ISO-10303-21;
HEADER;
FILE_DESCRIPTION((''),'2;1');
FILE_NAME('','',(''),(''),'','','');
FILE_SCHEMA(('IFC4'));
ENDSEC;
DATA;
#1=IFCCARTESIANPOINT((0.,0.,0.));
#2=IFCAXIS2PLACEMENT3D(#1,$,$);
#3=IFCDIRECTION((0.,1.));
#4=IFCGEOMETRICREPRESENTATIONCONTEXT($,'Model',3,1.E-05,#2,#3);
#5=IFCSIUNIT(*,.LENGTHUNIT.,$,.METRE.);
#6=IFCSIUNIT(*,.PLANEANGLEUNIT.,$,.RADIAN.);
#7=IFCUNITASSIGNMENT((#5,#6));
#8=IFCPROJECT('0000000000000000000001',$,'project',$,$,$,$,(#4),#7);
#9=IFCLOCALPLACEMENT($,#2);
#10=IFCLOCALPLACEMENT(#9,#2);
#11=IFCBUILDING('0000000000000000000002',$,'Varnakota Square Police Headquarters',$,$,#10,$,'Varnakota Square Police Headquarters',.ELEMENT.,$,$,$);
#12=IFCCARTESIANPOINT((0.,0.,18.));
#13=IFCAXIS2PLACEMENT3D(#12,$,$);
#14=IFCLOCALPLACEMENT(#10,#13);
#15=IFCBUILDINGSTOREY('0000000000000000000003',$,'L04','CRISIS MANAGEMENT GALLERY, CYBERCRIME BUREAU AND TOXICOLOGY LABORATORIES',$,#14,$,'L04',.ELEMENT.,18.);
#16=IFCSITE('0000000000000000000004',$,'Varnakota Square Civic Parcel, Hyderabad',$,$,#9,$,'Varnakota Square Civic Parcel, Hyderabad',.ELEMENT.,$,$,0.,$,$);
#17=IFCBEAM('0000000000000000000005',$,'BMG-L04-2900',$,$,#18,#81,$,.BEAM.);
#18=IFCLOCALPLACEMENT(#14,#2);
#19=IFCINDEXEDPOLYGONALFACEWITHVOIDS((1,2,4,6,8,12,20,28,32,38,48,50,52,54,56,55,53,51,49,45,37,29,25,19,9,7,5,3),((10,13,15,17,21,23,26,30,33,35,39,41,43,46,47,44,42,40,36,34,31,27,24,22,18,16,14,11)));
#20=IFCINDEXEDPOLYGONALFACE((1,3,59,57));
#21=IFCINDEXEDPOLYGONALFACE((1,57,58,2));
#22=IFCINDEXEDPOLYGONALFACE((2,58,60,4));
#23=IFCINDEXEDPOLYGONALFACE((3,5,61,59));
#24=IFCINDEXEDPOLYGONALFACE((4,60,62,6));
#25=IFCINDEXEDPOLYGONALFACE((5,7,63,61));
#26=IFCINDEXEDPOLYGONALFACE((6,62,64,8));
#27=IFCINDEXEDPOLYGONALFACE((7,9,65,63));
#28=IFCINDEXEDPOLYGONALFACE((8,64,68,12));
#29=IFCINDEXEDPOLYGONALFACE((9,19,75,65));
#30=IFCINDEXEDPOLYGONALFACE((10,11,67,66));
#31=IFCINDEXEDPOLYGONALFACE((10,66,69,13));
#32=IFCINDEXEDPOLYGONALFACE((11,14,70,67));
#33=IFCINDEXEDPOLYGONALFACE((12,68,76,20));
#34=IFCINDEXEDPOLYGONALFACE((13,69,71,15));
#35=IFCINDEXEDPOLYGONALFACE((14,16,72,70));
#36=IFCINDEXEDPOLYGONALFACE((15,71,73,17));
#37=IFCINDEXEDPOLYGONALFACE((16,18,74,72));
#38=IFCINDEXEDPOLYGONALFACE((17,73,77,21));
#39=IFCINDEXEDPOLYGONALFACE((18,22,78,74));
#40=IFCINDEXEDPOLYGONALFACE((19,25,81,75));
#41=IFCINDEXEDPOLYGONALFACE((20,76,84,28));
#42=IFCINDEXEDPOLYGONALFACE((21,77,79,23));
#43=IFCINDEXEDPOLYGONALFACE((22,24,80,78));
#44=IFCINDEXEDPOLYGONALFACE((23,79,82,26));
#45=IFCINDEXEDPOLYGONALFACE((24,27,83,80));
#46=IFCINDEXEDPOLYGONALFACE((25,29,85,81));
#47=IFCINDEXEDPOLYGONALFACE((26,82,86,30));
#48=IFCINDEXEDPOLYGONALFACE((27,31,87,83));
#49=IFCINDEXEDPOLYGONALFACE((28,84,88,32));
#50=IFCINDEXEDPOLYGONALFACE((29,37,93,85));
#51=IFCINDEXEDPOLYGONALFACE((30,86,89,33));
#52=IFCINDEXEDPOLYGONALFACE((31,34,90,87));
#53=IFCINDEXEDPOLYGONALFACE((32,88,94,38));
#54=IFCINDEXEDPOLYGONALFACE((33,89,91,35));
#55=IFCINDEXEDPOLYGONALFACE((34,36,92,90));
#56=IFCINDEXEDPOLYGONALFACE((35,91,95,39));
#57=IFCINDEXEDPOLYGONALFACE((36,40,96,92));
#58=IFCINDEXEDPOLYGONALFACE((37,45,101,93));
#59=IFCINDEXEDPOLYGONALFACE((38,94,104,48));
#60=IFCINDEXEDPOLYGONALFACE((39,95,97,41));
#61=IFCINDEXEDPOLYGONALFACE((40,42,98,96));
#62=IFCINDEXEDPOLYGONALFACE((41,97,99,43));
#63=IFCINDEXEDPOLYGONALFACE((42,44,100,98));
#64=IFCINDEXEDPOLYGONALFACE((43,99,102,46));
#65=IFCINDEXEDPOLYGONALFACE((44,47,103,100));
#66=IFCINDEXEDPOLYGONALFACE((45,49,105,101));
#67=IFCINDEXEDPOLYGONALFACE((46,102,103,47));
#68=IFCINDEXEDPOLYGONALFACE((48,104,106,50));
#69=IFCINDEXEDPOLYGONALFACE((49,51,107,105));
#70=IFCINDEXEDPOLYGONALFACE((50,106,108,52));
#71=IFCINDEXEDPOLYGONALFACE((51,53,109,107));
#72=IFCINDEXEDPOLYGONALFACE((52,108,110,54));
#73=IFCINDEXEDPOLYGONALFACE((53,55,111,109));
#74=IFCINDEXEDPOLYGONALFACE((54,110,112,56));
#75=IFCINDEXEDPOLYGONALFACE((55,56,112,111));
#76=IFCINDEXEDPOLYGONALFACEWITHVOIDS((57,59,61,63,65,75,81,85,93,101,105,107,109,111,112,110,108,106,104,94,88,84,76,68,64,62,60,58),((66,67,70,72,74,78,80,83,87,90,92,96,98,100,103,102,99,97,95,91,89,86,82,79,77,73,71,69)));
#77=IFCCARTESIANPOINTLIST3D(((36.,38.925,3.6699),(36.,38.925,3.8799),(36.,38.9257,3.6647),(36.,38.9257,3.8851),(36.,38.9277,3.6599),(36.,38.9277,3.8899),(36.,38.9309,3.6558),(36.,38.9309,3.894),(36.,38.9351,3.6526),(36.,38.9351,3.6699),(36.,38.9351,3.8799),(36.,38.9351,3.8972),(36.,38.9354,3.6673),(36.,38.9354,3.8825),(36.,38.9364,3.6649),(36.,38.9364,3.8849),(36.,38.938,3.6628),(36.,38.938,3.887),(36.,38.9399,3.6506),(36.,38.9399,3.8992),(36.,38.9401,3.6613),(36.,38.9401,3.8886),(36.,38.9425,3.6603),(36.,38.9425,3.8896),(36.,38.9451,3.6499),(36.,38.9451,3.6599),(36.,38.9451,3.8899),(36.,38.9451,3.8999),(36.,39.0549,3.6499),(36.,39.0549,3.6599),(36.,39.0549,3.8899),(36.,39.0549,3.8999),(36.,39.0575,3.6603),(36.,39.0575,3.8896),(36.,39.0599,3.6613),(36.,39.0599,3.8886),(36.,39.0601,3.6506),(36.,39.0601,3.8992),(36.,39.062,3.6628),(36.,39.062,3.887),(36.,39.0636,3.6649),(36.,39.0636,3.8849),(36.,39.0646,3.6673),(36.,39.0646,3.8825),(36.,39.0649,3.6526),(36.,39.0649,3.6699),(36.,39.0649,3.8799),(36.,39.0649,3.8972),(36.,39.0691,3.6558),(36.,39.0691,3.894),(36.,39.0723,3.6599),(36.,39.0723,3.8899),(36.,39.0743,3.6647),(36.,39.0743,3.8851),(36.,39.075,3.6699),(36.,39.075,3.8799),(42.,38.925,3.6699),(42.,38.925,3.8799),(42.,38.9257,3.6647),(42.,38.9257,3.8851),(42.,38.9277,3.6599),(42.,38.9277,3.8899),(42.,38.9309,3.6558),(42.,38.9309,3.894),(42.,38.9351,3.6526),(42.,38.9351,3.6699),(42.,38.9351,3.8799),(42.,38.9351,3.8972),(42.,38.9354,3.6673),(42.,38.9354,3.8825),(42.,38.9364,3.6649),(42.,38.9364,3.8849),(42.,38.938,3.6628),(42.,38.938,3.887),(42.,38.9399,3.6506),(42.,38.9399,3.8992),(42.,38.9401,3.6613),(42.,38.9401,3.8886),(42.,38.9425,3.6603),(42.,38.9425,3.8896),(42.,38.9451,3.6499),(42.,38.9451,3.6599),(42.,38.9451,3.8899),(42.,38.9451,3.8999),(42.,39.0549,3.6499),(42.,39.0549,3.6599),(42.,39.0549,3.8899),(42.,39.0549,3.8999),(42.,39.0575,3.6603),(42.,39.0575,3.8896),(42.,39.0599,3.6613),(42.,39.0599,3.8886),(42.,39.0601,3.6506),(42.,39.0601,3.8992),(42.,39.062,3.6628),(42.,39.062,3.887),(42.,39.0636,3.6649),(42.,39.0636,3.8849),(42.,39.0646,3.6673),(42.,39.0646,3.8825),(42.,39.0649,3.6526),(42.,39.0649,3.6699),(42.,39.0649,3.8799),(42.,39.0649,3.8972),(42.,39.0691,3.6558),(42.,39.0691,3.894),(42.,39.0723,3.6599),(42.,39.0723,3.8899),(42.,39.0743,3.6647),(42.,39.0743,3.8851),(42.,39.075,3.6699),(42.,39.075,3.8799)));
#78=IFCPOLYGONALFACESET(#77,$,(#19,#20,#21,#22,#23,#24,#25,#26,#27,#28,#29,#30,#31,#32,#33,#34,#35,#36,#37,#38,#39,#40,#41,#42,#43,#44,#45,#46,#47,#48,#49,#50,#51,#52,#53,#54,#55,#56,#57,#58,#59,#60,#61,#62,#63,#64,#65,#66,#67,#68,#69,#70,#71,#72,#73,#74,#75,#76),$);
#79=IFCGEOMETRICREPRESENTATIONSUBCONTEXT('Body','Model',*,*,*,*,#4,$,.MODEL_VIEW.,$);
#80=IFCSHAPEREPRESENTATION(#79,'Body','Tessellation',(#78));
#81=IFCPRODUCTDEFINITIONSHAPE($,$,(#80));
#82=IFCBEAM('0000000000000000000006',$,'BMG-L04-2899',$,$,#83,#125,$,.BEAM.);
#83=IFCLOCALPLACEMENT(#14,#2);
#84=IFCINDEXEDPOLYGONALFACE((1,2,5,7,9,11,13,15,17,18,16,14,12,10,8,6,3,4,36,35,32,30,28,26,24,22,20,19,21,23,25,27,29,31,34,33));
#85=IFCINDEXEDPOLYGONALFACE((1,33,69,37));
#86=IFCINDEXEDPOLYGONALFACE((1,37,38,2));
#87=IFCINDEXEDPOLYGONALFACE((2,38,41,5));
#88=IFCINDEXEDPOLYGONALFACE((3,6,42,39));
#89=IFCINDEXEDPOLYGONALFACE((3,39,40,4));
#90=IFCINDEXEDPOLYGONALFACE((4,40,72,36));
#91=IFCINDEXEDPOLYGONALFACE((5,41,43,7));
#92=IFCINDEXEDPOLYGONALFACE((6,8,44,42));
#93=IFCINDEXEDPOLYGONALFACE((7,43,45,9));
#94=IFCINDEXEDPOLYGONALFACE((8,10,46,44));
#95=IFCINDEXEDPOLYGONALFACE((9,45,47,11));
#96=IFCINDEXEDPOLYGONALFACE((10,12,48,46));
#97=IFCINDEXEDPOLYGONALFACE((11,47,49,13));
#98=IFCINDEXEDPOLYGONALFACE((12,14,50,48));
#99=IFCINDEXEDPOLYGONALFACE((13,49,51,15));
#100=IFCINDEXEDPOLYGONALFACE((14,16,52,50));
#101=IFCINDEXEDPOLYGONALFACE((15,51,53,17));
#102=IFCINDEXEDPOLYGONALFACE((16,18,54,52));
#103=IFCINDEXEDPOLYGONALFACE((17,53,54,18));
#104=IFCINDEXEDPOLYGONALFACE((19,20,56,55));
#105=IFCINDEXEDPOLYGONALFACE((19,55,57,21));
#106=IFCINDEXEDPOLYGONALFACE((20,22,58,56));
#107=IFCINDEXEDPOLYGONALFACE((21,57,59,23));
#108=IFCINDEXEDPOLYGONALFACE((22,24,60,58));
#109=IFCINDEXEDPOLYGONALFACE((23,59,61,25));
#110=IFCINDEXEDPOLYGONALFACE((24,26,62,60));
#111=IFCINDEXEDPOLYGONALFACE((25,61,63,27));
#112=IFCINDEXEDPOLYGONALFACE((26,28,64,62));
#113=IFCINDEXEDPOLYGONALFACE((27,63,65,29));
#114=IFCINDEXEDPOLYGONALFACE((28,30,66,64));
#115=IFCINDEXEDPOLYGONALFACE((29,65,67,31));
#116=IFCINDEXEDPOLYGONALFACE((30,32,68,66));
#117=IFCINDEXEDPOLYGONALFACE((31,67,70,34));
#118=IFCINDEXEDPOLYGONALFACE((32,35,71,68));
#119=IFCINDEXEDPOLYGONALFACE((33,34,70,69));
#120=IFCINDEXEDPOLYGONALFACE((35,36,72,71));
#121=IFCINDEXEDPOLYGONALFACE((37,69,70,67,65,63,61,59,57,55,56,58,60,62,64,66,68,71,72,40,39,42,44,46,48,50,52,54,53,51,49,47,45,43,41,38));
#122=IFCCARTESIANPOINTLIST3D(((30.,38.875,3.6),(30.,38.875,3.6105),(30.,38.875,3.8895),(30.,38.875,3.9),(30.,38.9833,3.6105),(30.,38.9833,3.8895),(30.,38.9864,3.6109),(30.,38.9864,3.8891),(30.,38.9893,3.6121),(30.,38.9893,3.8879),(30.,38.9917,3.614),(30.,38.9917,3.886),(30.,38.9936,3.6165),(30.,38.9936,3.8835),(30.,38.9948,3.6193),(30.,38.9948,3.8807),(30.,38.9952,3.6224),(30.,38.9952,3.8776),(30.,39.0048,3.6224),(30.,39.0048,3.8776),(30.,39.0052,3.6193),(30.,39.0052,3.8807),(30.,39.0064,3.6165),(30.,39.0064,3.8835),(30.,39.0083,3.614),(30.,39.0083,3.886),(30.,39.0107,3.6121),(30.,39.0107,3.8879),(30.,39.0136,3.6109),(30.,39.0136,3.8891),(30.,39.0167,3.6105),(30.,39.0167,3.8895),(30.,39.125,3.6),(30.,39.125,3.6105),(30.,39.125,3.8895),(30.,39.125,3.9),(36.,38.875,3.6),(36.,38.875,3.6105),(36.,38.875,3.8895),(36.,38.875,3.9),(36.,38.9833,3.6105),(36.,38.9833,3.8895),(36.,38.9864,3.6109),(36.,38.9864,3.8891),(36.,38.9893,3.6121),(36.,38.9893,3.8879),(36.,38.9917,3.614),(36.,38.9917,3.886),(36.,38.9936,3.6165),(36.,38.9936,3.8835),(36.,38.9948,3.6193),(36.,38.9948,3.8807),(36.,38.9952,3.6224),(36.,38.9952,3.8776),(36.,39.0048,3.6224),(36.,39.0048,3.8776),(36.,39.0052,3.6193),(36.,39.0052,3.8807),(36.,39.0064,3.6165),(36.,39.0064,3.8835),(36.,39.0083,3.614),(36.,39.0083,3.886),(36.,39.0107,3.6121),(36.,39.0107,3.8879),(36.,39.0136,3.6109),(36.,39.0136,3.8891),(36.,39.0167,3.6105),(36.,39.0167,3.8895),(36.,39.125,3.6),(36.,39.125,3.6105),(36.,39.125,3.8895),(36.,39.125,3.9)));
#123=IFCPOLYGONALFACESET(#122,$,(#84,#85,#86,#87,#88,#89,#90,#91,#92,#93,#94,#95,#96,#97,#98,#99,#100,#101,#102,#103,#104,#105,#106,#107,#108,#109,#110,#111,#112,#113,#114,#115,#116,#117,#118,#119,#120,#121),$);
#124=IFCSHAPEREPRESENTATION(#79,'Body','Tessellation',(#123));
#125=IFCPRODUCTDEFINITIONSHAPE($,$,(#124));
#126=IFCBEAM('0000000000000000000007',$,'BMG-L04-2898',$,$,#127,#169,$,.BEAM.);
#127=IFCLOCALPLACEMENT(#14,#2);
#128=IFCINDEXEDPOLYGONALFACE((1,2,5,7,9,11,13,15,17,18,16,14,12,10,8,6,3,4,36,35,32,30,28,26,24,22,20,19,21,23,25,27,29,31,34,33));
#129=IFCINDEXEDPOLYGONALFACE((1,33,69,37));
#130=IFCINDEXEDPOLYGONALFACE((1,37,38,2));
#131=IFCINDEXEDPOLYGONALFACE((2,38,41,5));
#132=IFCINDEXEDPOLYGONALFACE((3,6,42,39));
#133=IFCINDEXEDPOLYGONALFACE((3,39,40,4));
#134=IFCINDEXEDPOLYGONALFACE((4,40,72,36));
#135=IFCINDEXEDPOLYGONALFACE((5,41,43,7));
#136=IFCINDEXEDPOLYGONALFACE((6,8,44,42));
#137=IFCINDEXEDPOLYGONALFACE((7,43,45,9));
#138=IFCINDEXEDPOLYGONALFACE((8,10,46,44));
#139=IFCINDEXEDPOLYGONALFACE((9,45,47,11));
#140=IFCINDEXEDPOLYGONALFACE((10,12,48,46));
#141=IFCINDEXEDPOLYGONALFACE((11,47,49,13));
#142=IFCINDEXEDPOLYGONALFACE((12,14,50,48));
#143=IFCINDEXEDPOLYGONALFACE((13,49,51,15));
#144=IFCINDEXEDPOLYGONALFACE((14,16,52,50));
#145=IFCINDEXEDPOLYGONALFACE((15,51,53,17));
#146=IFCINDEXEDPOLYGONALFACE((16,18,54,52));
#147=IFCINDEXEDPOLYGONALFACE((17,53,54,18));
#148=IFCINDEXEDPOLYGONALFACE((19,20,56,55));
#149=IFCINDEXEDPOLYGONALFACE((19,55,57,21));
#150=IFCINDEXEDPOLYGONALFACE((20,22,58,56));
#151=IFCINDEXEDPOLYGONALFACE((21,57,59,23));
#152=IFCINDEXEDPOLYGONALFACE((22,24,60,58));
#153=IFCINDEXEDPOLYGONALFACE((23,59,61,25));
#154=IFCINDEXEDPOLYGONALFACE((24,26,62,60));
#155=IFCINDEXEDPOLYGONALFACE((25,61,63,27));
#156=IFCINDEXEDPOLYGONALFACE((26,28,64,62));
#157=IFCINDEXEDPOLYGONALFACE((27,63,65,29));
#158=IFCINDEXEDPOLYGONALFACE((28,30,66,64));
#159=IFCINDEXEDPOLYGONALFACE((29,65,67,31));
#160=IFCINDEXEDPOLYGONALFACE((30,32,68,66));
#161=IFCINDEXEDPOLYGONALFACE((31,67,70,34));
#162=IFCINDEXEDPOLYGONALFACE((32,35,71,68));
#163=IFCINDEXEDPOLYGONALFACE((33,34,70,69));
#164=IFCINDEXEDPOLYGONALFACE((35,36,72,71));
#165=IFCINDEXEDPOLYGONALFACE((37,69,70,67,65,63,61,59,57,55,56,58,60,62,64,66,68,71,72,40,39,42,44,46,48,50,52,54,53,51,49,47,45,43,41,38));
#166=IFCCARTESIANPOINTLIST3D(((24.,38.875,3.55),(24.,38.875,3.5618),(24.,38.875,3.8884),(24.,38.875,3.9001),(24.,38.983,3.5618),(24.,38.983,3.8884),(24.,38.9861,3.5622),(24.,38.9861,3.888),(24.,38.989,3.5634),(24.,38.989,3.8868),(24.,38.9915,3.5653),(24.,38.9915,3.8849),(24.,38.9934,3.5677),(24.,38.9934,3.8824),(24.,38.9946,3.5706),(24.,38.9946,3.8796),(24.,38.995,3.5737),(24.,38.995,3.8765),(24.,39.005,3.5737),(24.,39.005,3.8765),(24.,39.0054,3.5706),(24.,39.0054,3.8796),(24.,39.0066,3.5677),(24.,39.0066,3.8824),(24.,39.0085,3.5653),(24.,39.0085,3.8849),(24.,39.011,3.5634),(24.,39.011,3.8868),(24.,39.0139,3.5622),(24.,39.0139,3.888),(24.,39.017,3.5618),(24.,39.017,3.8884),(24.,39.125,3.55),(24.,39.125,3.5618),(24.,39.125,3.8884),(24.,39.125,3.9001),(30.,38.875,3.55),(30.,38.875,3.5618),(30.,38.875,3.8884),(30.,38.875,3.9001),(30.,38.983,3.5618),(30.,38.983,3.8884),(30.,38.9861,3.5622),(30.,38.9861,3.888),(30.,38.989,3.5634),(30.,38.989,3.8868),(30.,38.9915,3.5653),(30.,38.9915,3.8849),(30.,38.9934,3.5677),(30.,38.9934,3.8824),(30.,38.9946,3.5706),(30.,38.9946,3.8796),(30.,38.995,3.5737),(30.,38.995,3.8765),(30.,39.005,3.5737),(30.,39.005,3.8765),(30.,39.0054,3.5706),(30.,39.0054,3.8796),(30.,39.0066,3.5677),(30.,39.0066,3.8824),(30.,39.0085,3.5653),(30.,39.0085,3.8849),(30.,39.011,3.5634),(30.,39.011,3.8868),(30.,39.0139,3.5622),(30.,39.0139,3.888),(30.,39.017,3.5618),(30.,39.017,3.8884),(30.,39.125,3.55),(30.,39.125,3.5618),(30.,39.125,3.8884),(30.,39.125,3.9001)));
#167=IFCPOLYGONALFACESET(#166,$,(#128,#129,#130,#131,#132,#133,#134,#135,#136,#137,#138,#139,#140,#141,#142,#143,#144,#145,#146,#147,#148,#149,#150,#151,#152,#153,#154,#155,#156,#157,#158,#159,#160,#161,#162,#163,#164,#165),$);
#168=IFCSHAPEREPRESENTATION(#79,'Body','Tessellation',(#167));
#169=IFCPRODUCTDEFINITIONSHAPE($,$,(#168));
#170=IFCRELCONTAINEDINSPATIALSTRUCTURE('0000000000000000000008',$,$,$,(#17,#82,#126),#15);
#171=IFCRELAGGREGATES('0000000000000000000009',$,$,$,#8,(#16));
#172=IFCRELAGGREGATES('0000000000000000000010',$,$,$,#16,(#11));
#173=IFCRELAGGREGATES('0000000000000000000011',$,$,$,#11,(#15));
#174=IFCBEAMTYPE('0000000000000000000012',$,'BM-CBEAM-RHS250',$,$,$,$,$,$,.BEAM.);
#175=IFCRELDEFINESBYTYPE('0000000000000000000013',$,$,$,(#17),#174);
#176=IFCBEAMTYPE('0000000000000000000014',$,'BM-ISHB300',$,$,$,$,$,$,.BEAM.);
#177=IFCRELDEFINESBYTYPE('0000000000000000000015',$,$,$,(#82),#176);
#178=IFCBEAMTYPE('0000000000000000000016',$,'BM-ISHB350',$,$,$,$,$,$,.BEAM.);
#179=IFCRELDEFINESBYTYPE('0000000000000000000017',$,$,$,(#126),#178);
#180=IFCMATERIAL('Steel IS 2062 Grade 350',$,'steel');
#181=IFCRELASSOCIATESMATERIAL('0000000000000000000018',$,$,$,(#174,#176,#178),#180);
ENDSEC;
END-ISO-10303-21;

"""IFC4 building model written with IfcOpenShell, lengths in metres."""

from ifc_helpers import new_model, si_unit, direction, frame, origin, origin_2d, place, context, subcontext, project, spatial, hollow_rectangle, i_section, extrude, material, material_profile, profile_set, type_object, element, save


model = new_model("IFC4")

# Units and contexts
model_context = context("Model", 3, precision=1e-05, world=origin(), true_north=direction((0.0, 1.0)))
body_context = subcontext(model_context, "Body", "Model", "MODEL_VIEW")
ifc_project = project(units=[si_unit("LENGTHUNIT", "METRE"), si_unit("PLANEANGLEUNIT", "RADIAN")], contexts=[model_context])

# Site, building, storey
site_placement = place(None, origin())
site = spatial("IfcSite", under=ifc_project, at=site_placement, Name="Varnakota Square Civic Parcel, Hyderabad", LongName="Varnakota Square Civic Parcel, Hyderabad", CompositionType="ELEMENT", RefElevation=0.0)
building_placement = place(site_placement, origin())
building = spatial("IfcBuilding", under=site, at=building_placement, Name="Varnakota Square Police Headquarters", LongName="Varnakota Square Police Headquarters", CompositionType="ELEMENT")
storey_placement = place(building_placement, frame((0.0, 0.0, 18.0)))
storey = spatial("IfcBuildingStorey", under=building, at=storey_placement, Name="L04", Description="CRISIS MANAGEMENT GALLERY, CYBERCRIME BUREAU AND TOXICOLOGY LABORATORIES", LongName="L04", CompositionType="ELEMENT", Elevation=18.0)

# Shared definitions
ifc_material_1 = material(Name="Steel IS 2062 Grade 350", Category="steel")

# Beams
ifc_material_profile_1 = material_profile(ifc_material_1, hollow_rectangle(XDim=0.1499, YDim=0.25, WallThickness=0.01, InnerFilletRadius=0.01, OuterFilletRadius=0.02, at=origin_2d()), Name="RHS 250x150x10")
ifc_profile_set_1 = profile_set([ifc_material_profile_1], Name="Steel IS 2062 Grade 350")
beam_type_1 = type_object("IfcBeamType", Name="BM-CBEAM-RHS250", PredefinedType="BEAM", material=ifc_profile_set_1)
beam_1_placement = place(storey_placement, frame((36.0, 39.0, 3.7749), z_axis=(1.0, 0.0, 0.0), x_axis=(0.0, 1.0, 0.0)))
element("IfcBeam", 1, at=beam_1_placement, inside=storey, type_object=beam_type_1, Name="BMG-L04-2900", PredefinedType="BEAM", context=body_context, shape_type="SweptSolid", body=[
    extrude(hollow_rectangle(XDim=0.1499, YDim=0.25, WallThickness=0.01, InnerFilletRadius=0.01, OuterFilletRadius=0.02, at=origin_2d()), origin(), (0.0, 0.0, 1.0), 6.0),
])
ifc_material_profile_2 = material_profile(ifc_material_1, i_section(OverallWidth=0.25, OverallDepth=0.3, WebThickness=0.0095, FlangeThickness=0.0105, FilletRadius=0.012, at=origin_2d()), Name="ISHB 300")
ifc_profile_set_2 = profile_set([ifc_material_profile_2], Name="Steel IS 2062 Grade 350")
beam_type_2 = type_object("IfcBeamType", Name="BM-ISHB300", PredefinedType="BEAM", material=ifc_profile_set_2)
beam_2_placement = place(storey_placement, frame((30.0, 39.0, 3.75), z_axis=(1.0, 0.0, 0.0), x_axis=(0.0, 1.0, 0.0)))
element("IfcBeam", 2, at=beam_2_placement, inside=storey, type_object=beam_type_2, Name="BMG-L04-2899", PredefinedType="BEAM", context=body_context, shape_type="SweptSolid", body=[
    extrude(i_section(OverallWidth=0.25, OverallDepth=0.3, WebThickness=0.0095, FlangeThickness=0.0105, FilletRadius=0.012, at=origin_2d()), origin(), (0.0, 0.0, 1.0), 6.0),
])
ifc_material_profile_3 = material_profile(ifc_material_1, i_section(OverallWidth=0.25, OverallDepth=0.3501, WebThickness=0.01, FlangeThickness=0.0117, FilletRadius=0.012, at=origin_2d()), Name="ISHB 350")
ifc_profile_set_3 = profile_set([ifc_material_profile_3], Name="Steel IS 2062 Grade 350")
beam_type_3 = type_object("IfcBeamType", Name="BM-ISHB350", PredefinedType="BEAM", material=ifc_profile_set_3)
beam_3_placement = place(storey_placement, frame((24.0, 39.0, 3.7251), z_axis=(1.0, 0.0, 0.0), x_axis=(0.0, 1.0, 0.0)))
element("IfcBeam", 3, at=beam_3_placement, inside=storey, type_object=beam_type_3, Name="BMG-L04-2898", PredefinedType="BEAM", context=body_context, shape_type="SweptSolid", body=[
    extrude(i_section(OverallWidth=0.25, OverallDepth=0.3501, WebThickness=0.01, FlangeThickness=0.0117, FilletRadius=0.012, at=origin_2d()), origin(), (0.0, 0.0, 1.0), 6.0),
])

save(model, "model.ifc")
